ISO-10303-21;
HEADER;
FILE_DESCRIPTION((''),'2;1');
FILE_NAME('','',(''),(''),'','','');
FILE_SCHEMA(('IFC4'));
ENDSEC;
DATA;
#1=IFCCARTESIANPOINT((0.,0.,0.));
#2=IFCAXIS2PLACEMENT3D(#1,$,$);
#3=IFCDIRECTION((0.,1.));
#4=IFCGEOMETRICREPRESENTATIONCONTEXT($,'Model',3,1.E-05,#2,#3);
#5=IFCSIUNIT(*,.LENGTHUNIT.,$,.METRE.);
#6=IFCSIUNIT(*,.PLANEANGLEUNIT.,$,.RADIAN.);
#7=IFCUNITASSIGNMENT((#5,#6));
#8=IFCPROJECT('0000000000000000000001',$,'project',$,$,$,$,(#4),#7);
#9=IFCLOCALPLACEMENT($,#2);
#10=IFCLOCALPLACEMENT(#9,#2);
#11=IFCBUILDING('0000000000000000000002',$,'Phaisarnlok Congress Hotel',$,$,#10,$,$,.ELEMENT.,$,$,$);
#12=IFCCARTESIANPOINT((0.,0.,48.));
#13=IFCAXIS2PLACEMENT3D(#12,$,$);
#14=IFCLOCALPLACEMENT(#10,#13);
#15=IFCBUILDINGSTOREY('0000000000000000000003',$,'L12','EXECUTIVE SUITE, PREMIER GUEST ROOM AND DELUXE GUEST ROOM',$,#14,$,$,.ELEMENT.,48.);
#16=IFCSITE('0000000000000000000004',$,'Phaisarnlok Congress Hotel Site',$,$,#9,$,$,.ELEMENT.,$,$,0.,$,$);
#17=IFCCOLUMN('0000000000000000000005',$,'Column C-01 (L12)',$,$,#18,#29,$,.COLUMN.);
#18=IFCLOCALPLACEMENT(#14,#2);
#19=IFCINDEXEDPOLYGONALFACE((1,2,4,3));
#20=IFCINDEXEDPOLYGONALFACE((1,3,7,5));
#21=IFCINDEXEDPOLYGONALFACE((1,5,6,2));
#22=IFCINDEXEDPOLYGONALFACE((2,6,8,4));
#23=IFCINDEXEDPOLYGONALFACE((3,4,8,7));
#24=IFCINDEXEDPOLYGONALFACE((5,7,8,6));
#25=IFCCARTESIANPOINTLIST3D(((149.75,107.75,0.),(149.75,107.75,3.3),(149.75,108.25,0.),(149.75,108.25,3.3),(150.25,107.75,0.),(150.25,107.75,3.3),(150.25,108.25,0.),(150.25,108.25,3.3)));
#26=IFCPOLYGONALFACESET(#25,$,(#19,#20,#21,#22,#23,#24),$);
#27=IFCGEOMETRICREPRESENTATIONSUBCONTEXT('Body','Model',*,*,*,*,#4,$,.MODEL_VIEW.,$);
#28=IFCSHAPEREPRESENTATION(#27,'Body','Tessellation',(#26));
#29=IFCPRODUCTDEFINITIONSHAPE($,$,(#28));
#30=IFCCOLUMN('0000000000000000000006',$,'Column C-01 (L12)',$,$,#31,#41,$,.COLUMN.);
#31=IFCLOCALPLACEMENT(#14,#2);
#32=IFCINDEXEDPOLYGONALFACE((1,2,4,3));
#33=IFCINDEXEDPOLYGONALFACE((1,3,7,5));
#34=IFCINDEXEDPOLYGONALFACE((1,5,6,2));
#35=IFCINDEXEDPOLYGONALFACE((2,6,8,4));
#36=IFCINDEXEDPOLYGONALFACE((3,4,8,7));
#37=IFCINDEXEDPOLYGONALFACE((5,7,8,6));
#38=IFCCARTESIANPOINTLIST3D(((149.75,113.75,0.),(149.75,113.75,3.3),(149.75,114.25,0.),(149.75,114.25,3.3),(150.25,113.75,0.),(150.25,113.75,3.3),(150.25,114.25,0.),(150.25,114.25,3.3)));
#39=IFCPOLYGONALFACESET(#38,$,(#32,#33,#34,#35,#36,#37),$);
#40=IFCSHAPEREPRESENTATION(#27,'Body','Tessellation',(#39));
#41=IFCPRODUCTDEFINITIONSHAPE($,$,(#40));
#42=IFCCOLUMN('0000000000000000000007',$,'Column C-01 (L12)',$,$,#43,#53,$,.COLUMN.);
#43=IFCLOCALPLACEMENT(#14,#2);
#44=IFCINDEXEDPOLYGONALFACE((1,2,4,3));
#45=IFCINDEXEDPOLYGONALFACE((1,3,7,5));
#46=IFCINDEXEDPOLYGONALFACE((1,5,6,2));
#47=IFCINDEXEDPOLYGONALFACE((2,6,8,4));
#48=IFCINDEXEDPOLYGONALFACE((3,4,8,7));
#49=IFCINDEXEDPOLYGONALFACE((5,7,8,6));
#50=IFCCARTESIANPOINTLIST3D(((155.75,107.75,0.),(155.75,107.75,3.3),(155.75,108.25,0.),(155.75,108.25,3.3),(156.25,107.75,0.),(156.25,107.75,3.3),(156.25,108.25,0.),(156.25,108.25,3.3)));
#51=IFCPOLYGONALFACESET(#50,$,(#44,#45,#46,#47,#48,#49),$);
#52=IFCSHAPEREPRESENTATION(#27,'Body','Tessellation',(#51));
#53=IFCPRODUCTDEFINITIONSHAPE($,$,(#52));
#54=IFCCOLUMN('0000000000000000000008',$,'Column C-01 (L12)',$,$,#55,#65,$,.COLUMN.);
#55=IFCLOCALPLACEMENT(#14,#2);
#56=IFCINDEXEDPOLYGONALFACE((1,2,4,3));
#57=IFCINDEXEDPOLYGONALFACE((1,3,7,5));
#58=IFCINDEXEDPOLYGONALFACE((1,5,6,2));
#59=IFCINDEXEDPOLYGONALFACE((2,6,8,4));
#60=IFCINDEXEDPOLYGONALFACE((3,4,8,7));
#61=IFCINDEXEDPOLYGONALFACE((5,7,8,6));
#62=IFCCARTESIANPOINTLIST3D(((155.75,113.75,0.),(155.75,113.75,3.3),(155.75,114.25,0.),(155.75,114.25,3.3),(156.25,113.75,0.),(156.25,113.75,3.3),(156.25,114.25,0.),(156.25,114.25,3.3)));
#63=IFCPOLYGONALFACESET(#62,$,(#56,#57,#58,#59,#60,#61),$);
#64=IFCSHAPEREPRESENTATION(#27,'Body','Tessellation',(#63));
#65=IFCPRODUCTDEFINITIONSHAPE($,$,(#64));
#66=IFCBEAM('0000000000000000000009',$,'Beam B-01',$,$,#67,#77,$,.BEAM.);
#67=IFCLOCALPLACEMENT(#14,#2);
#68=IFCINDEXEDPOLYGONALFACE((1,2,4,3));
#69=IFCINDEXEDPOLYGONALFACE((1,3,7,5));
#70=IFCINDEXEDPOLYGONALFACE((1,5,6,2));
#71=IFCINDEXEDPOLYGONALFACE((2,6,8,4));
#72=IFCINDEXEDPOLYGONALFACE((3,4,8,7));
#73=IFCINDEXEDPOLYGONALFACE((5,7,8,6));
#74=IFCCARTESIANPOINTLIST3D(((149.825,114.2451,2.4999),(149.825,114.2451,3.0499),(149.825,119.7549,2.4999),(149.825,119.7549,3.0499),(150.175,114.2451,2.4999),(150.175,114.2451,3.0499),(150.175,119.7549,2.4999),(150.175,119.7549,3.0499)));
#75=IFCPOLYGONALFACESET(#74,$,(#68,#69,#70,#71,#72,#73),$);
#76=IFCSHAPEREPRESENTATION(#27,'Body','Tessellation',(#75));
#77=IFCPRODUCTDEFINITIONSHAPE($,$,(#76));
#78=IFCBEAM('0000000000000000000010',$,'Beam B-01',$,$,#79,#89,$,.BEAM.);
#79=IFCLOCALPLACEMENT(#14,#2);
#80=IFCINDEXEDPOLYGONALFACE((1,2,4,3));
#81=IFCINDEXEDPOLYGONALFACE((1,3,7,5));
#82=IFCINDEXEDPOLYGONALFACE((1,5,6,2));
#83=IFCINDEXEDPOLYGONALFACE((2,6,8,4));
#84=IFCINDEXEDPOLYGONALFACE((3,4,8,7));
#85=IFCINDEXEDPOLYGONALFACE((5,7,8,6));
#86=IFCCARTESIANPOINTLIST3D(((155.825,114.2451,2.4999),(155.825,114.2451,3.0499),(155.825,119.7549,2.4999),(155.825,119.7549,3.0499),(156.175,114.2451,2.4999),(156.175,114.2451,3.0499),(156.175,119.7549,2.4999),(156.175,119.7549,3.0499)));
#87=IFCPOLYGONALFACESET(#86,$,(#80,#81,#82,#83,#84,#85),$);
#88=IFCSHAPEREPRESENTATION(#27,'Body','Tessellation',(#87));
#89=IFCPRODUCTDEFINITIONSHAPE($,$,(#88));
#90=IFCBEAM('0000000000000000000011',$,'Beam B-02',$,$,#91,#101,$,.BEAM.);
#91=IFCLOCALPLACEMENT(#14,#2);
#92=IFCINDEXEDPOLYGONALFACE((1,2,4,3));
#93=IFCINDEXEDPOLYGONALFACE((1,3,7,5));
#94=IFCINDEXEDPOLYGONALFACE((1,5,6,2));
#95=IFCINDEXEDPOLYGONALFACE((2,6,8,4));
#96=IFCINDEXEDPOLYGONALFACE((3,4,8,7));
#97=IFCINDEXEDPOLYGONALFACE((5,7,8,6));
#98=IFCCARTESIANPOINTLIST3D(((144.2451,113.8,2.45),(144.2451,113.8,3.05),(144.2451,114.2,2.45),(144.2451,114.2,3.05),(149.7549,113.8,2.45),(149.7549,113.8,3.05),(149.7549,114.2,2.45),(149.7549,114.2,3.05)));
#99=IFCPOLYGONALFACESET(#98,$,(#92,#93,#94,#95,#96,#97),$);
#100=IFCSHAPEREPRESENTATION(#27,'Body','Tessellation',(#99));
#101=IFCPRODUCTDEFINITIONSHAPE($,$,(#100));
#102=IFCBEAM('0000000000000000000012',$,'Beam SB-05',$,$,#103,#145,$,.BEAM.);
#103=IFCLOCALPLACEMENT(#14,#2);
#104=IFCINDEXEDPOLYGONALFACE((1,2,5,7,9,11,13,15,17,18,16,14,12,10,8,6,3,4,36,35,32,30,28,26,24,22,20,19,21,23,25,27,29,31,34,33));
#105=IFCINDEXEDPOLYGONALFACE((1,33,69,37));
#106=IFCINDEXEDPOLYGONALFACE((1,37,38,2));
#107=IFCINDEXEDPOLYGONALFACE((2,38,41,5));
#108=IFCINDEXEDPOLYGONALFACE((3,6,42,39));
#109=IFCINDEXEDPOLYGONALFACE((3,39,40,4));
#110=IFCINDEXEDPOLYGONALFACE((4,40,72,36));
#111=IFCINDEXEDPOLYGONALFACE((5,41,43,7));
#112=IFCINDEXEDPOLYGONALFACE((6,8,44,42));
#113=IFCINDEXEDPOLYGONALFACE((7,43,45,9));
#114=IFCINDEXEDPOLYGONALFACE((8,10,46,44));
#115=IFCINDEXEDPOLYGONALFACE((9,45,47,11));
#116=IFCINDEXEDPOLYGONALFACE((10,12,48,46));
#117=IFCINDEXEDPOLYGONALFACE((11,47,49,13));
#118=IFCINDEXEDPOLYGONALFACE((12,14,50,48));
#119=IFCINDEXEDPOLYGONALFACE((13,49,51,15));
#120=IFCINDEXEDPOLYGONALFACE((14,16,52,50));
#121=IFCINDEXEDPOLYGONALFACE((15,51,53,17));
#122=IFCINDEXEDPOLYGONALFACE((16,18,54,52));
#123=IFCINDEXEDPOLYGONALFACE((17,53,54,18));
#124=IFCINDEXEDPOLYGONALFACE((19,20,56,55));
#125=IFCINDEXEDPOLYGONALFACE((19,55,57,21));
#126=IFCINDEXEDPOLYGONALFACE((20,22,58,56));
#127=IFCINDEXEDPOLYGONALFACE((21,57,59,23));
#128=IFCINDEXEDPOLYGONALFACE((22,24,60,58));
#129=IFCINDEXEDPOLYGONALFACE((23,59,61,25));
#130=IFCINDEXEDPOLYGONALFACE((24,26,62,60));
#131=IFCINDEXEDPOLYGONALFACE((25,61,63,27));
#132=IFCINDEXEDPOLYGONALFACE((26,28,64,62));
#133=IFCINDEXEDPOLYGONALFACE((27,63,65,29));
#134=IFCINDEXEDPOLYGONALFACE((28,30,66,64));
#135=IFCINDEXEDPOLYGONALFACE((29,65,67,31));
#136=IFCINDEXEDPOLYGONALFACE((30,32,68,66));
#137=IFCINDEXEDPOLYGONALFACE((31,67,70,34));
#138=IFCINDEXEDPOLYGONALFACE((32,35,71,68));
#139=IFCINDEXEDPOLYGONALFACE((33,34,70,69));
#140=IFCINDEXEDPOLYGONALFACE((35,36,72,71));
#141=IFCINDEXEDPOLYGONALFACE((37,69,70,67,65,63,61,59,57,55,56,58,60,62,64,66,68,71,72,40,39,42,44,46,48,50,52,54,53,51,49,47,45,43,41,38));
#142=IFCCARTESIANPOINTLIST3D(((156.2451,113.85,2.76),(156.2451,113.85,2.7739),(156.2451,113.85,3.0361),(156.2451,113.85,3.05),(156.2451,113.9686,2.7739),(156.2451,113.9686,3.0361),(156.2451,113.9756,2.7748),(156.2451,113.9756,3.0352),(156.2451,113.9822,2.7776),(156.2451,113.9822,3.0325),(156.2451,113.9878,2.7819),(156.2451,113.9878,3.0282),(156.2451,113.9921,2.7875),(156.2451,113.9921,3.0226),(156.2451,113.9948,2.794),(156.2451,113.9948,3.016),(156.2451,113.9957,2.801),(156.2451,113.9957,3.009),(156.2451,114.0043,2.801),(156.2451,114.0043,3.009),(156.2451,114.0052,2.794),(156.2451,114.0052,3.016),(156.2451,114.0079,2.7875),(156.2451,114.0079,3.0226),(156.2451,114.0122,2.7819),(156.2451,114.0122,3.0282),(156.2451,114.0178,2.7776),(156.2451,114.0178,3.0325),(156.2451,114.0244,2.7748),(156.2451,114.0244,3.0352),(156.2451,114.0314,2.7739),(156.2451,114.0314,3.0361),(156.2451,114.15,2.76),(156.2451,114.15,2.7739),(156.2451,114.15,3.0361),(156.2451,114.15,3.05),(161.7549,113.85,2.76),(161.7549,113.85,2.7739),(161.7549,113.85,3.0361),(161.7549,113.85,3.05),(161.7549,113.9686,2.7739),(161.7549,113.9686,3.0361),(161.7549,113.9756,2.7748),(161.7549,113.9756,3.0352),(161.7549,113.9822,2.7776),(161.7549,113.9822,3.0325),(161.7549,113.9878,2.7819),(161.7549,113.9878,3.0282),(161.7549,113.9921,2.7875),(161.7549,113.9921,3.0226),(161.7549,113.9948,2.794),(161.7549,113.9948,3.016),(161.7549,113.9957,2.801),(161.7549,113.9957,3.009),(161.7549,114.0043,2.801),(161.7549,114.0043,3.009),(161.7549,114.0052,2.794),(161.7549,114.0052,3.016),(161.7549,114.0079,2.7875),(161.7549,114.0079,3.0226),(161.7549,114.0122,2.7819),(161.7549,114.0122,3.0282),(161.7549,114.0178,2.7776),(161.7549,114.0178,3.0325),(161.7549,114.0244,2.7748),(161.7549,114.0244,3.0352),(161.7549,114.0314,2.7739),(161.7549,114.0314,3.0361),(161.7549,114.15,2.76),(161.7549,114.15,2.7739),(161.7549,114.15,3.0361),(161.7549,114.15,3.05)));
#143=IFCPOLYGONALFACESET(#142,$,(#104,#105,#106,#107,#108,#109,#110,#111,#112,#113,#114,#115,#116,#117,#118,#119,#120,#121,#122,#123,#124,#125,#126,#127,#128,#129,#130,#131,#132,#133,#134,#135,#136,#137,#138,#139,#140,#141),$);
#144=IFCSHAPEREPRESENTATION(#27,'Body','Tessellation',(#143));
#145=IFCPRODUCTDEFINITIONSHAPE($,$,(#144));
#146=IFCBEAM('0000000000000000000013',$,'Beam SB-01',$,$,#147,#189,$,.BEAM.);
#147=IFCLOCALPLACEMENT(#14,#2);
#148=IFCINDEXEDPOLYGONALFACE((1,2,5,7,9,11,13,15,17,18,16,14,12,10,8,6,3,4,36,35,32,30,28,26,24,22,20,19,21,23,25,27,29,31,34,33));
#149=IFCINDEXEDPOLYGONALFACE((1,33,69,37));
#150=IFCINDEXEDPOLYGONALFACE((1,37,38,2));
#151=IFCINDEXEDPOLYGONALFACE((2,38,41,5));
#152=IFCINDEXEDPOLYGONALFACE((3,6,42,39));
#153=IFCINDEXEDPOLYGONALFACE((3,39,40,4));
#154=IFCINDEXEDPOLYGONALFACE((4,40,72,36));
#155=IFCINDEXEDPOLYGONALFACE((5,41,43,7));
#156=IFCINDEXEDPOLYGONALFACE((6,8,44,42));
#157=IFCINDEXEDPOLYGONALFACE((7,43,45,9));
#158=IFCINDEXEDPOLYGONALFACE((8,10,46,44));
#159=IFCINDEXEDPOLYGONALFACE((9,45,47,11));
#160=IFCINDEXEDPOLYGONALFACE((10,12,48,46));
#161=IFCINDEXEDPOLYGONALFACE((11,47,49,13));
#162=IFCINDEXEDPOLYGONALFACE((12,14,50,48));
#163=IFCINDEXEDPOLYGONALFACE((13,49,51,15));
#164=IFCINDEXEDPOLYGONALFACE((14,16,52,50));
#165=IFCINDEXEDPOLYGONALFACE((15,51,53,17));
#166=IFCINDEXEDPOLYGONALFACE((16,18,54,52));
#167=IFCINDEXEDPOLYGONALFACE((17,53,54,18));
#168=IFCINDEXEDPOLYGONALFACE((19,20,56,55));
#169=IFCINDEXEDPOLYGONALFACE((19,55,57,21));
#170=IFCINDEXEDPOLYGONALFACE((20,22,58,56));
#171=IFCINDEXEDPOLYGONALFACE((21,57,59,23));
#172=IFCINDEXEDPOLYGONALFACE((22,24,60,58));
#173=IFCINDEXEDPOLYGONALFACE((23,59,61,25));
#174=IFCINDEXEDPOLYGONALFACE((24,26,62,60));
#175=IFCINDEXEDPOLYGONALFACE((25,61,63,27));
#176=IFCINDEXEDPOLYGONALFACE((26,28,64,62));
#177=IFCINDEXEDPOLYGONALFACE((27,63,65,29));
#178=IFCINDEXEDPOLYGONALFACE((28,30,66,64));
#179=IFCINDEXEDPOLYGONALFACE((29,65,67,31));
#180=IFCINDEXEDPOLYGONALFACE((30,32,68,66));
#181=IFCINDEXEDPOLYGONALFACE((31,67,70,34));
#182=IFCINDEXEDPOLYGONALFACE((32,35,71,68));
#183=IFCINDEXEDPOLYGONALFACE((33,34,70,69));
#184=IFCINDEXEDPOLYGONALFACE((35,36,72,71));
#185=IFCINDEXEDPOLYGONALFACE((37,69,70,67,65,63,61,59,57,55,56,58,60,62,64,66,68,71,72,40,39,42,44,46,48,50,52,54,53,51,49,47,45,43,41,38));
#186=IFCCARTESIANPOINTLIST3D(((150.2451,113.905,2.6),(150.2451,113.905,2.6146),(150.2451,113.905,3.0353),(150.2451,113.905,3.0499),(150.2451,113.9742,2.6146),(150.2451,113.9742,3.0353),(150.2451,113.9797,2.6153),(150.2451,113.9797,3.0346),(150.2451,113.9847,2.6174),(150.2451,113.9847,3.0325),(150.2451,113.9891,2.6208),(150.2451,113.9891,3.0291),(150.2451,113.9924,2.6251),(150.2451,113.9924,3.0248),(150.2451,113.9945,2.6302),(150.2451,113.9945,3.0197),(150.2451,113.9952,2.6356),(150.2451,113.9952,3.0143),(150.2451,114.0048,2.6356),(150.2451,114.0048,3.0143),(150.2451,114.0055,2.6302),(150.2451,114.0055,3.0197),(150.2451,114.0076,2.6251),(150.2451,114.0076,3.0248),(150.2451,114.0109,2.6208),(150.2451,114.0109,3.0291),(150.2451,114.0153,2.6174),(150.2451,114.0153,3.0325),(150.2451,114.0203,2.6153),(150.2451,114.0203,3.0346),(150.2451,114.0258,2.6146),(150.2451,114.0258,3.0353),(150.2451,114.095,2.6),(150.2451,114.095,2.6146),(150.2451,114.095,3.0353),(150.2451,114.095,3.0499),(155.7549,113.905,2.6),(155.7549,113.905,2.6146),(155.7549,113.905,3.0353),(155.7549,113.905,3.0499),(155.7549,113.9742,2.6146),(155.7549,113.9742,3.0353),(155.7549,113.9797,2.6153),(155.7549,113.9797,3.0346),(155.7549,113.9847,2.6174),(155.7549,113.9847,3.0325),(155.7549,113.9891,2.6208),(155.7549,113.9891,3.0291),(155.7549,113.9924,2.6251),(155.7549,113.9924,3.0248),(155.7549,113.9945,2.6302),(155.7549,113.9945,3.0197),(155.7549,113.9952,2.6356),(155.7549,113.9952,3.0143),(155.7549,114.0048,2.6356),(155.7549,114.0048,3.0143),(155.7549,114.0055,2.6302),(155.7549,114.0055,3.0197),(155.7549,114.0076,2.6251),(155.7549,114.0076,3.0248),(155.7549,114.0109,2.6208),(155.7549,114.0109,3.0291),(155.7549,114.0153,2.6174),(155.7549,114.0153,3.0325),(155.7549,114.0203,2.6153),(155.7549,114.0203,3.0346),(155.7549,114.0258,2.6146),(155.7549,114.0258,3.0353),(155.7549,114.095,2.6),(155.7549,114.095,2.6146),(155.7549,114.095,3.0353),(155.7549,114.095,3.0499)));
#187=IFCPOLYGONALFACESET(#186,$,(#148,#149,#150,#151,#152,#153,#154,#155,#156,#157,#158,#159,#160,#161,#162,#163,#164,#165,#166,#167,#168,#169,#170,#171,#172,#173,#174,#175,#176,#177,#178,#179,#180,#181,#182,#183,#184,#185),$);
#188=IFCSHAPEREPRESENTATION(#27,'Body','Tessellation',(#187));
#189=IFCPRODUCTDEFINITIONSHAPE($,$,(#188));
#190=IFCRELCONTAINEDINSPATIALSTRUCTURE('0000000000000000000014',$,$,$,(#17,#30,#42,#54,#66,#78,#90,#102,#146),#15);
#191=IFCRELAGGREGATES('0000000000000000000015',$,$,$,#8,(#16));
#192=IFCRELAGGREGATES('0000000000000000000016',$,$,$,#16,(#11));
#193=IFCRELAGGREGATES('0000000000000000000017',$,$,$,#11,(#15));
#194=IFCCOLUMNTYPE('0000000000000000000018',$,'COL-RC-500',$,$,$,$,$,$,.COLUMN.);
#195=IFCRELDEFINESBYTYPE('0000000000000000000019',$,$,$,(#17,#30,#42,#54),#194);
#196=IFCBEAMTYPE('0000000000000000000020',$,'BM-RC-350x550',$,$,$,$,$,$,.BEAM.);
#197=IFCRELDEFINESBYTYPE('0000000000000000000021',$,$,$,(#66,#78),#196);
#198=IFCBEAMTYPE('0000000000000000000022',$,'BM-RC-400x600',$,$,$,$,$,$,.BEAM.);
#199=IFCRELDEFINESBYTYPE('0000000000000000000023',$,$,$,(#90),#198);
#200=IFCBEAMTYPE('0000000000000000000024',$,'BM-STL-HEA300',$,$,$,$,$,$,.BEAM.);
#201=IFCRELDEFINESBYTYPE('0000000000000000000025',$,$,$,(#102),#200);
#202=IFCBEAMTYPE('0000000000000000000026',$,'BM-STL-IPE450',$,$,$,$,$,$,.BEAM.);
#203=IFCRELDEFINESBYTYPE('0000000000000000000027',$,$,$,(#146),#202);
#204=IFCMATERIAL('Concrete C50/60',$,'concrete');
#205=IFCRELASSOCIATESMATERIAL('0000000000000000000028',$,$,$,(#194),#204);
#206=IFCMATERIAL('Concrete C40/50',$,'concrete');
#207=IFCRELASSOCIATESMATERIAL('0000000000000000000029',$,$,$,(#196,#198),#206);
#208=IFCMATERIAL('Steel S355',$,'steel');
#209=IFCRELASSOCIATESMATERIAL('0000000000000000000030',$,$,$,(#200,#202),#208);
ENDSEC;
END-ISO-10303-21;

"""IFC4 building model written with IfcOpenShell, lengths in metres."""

from ifc_helpers import new_model, si_unit, direction, frame, origin, origin_2d, place, context, subcontext, project, spatial, rectangle, i_section, extrude, material, material_profile, profile_set, type_object, element, save


model = new_model("IFC4")

# Units and contexts
model_context = context("Model", 3, precision=1e-05, world=origin(), true_north=direction((0.0, 1.0)))
body_context = subcontext(model_context, "Body", "Model", "MODEL_VIEW")
ifc_project = project(units=[si_unit("LENGTHUNIT", "METRE"), si_unit("PLANEANGLEUNIT", "RADIAN")], contexts=[model_context])

# Site, building, storey
site_placement = place(None, origin())
site = spatial("IfcSite", under=ifc_project, at=site_placement, Name="Phaisarnlok Congress Hotel Site", CompositionType="ELEMENT", RefElevation=0.0)
building_placement = place(site_placement, origin())
building = spatial("IfcBuilding", under=site, at=building_placement, Name="Phaisarnlok Congress Hotel", CompositionType="ELEMENT")
storey_placement = place(building_placement, frame((0.0, 0.0, 48.0)))
storey = spatial("IfcBuildingStorey", under=building, at=storey_placement, Name="L12", Description="EXECUTIVE SUITE, PREMIER GUEST ROOM AND DELUXE GUEST ROOM", CompositionType="ELEMENT", Elevation=48.0)

# Columns
ifc_material_1 = material(Name="Concrete C50/60", Category="concrete")
ifc_material_profile_1 = material_profile(ifc_material_1, rectangle(XDim=0.5, YDim=0.5, at=origin_2d()), Name="RC 500x500")
ifc_profile_set_1 = profile_set([ifc_material_profile_1], Name="Concrete C50/60")
column_type = type_object("IfcColumnType", Name="COL-RC-500", PredefinedType="COLUMN", material=ifc_profile_set_1)
for number, where, z_axis, x_axis, name in (
    (1, (150.0, 108.0, 0.0), (0.0, 0.0, 1.0), (1.0, 0.0, 0.0), "Column C-01 (L12)"),
    (2, (150.0, 114.0, 0.0), (0.0, 0.0, 1.0), (1.0, 0.0, 0.0), "Column C-01 (L12)"),
    (3, (156.0, 108.0, 0.0), (0.0, 0.0, 1.0), (1.0, 0.0, 0.0), "Column C-01 (L12)"),
    (4, (156.0, 114.0, 0.0), (0.0, 0.0, 1.0), (1.0, 0.0, 0.0), "Column C-01 (L12)"),
):
    element("IfcColumn", number, at=place(storey_placement, frame(where, z_axis=z_axis, x_axis=x_axis)), inside=storey, type_object=column_type, Name=name, PredefinedType="COLUMN", context=body_context, shape_type="SweptSolid", body=[
        extrude(rectangle(XDim=0.5, YDim=0.5, at=origin_2d()), origin(), (0.0, 0.0, 1.0), 3.3),
    ])

# Beams
ifc_material_2 = material(Name="Concrete C40/50", Category="concrete")
ifc_material_profile_2 = material_profile(ifc_material_2, rectangle(XDim=0.3501, YDim=0.55, at=origin_2d()), Name="RC 350x550")
ifc_profile_set_2 = profile_set([ifc_material_profile_2], Name="Concrete C40/50")
beam_type_1 = type_object("IfcBeamType", Name="BM-RC-350x550", PredefinedType="BEAM", material=ifc_profile_set_2)
for number, where, z_axis, x_axis, name in (
    (5, (150.0, 114.2451, 2.7749), (0.0, 1.0, 0.0), (-1.0, 0.0, 0.0), "Beam B-01"),
    (6, (156.0, 114.2451, 2.7749), (0.0, 1.0, 0.0), (-1.0, 0.0, 0.0), "Beam B-01"),
):
    element("IfcBeam", number, at=place(storey_placement, frame(where, z_axis=z_axis, x_axis=x_axis)), inside=storey, type_object=beam_type_1, Name=name, PredefinedType="BEAM", context=body_context, shape_type="SweptSolid", body=[
        extrude(rectangle(XDim=0.3501, YDim=0.55, at=origin_2d()), origin(), (0.0, 0.0, 1.0), 5.5098),
    ])
ifc_material_profile_3 = material_profile(ifc_material_2, rectangle(XDim=0.3999, YDim=0.6001, at=origin_2d()), Name="RC 400x600")
ifc_profile_set_3 = profile_set([ifc_material_profile_3], Name="Concrete C40/50")
beam_type_2 = type_object("IfcBeamType", Name="BM-RC-400x600", PredefinedType="BEAM", material=ifc_profile_set_3)
beam_1_placement = place(storey_placement, frame((144.2451, 114.0, 2.75), z_axis=(1.0, 0.0, 0.0), x_axis=(0.0, 1.0, 0.0)))
element("IfcBeam", 7, at=beam_1_placement, inside=storey, type_object=beam_type_2, Name="Beam B-02", PredefinedType="BEAM", context=body_context, shape_type="SweptSolid", body=[
    extrude(rectangle(XDim=0.3999, YDim=0.6001, at=origin_2d()), origin(), (0.0, 0.0, 1.0), 5.5098),
])
ifc_material_3 = material(Name="Steel S355", Category="steel")
ifc_material_profile_4 = material_profile(ifc_material_3, i_section(OverallWidth=0.3, OverallDepth=0.29, WebThickness=0.0085, FlangeThickness=0.0139, FilletRadius=0.0271, at=origin_2d()), Name="HEA 300")
ifc_profile_set_4 = profile_set([ifc_material_profile_4], Name="Steel S355")
beam_type_3 = type_object("IfcBeamType", Name="BM-STL-HEA300", PredefinedType="BEAM", material=ifc_profile_set_4)
beam_2_placement = place(storey_placement, frame((156.2451, 114.0, 2.905), z_axis=(1.0, 0.0, 0.0), x_axis=(0.0, 1.0, 0.0)))
element("IfcBeam", 8, at=beam_2_placement, inside=storey, type_object=beam_type_3, Name="Beam SB-05", PredefinedType="BEAM", context=body_context, shape_type="SweptSolid", body=[
    extrude(i_section(OverallWidth=0.3, OverallDepth=0.29, WebThickness=0.0085, FlangeThickness=0.0139, FilletRadius=0.0271, at=origin_2d()), origin(), (0.0, 0.0, 1.0), 5.5098),
])
ifc_material_profile_5 = material_profile(ifc_material_3, i_section(OverallWidth=0.1899, OverallDepth=0.45, WebThickness=0.0095, FlangeThickness=0.0146, FilletRadius=0.021, at=origin_2d()), Name="IPE 450")
ifc_profile_set_5 = profile_set([ifc_material_profile_5], Name="Steel S355")
beam_type_4 = type_object("IfcBeamType", Name="BM-STL-IPE450", PredefinedType="BEAM", material=ifc_profile_set_5)
beam_3_placement = place(storey_placement, frame((150.2451, 114.0, 2.825), z_axis=(1.0, 0.0, 0.0), x_axis=(0.0, 1.0, 0.0)))
element("IfcBeam", 9, at=beam_3_placement, inside=storey, type_object=beam_type_4, Name="Beam SB-01", PredefinedType="BEAM", context=body_context, shape_type="SweptSolid", body=[
    extrude(i_section(OverallWidth=0.1899, OverallDepth=0.45, WebThickness=0.0095, FlangeThickness=0.0146, FilletRadius=0.021, at=origin_2d()), origin(), (0.0, 0.0, 1.0), 5.5098),
])

save(model, "model.ifc")
